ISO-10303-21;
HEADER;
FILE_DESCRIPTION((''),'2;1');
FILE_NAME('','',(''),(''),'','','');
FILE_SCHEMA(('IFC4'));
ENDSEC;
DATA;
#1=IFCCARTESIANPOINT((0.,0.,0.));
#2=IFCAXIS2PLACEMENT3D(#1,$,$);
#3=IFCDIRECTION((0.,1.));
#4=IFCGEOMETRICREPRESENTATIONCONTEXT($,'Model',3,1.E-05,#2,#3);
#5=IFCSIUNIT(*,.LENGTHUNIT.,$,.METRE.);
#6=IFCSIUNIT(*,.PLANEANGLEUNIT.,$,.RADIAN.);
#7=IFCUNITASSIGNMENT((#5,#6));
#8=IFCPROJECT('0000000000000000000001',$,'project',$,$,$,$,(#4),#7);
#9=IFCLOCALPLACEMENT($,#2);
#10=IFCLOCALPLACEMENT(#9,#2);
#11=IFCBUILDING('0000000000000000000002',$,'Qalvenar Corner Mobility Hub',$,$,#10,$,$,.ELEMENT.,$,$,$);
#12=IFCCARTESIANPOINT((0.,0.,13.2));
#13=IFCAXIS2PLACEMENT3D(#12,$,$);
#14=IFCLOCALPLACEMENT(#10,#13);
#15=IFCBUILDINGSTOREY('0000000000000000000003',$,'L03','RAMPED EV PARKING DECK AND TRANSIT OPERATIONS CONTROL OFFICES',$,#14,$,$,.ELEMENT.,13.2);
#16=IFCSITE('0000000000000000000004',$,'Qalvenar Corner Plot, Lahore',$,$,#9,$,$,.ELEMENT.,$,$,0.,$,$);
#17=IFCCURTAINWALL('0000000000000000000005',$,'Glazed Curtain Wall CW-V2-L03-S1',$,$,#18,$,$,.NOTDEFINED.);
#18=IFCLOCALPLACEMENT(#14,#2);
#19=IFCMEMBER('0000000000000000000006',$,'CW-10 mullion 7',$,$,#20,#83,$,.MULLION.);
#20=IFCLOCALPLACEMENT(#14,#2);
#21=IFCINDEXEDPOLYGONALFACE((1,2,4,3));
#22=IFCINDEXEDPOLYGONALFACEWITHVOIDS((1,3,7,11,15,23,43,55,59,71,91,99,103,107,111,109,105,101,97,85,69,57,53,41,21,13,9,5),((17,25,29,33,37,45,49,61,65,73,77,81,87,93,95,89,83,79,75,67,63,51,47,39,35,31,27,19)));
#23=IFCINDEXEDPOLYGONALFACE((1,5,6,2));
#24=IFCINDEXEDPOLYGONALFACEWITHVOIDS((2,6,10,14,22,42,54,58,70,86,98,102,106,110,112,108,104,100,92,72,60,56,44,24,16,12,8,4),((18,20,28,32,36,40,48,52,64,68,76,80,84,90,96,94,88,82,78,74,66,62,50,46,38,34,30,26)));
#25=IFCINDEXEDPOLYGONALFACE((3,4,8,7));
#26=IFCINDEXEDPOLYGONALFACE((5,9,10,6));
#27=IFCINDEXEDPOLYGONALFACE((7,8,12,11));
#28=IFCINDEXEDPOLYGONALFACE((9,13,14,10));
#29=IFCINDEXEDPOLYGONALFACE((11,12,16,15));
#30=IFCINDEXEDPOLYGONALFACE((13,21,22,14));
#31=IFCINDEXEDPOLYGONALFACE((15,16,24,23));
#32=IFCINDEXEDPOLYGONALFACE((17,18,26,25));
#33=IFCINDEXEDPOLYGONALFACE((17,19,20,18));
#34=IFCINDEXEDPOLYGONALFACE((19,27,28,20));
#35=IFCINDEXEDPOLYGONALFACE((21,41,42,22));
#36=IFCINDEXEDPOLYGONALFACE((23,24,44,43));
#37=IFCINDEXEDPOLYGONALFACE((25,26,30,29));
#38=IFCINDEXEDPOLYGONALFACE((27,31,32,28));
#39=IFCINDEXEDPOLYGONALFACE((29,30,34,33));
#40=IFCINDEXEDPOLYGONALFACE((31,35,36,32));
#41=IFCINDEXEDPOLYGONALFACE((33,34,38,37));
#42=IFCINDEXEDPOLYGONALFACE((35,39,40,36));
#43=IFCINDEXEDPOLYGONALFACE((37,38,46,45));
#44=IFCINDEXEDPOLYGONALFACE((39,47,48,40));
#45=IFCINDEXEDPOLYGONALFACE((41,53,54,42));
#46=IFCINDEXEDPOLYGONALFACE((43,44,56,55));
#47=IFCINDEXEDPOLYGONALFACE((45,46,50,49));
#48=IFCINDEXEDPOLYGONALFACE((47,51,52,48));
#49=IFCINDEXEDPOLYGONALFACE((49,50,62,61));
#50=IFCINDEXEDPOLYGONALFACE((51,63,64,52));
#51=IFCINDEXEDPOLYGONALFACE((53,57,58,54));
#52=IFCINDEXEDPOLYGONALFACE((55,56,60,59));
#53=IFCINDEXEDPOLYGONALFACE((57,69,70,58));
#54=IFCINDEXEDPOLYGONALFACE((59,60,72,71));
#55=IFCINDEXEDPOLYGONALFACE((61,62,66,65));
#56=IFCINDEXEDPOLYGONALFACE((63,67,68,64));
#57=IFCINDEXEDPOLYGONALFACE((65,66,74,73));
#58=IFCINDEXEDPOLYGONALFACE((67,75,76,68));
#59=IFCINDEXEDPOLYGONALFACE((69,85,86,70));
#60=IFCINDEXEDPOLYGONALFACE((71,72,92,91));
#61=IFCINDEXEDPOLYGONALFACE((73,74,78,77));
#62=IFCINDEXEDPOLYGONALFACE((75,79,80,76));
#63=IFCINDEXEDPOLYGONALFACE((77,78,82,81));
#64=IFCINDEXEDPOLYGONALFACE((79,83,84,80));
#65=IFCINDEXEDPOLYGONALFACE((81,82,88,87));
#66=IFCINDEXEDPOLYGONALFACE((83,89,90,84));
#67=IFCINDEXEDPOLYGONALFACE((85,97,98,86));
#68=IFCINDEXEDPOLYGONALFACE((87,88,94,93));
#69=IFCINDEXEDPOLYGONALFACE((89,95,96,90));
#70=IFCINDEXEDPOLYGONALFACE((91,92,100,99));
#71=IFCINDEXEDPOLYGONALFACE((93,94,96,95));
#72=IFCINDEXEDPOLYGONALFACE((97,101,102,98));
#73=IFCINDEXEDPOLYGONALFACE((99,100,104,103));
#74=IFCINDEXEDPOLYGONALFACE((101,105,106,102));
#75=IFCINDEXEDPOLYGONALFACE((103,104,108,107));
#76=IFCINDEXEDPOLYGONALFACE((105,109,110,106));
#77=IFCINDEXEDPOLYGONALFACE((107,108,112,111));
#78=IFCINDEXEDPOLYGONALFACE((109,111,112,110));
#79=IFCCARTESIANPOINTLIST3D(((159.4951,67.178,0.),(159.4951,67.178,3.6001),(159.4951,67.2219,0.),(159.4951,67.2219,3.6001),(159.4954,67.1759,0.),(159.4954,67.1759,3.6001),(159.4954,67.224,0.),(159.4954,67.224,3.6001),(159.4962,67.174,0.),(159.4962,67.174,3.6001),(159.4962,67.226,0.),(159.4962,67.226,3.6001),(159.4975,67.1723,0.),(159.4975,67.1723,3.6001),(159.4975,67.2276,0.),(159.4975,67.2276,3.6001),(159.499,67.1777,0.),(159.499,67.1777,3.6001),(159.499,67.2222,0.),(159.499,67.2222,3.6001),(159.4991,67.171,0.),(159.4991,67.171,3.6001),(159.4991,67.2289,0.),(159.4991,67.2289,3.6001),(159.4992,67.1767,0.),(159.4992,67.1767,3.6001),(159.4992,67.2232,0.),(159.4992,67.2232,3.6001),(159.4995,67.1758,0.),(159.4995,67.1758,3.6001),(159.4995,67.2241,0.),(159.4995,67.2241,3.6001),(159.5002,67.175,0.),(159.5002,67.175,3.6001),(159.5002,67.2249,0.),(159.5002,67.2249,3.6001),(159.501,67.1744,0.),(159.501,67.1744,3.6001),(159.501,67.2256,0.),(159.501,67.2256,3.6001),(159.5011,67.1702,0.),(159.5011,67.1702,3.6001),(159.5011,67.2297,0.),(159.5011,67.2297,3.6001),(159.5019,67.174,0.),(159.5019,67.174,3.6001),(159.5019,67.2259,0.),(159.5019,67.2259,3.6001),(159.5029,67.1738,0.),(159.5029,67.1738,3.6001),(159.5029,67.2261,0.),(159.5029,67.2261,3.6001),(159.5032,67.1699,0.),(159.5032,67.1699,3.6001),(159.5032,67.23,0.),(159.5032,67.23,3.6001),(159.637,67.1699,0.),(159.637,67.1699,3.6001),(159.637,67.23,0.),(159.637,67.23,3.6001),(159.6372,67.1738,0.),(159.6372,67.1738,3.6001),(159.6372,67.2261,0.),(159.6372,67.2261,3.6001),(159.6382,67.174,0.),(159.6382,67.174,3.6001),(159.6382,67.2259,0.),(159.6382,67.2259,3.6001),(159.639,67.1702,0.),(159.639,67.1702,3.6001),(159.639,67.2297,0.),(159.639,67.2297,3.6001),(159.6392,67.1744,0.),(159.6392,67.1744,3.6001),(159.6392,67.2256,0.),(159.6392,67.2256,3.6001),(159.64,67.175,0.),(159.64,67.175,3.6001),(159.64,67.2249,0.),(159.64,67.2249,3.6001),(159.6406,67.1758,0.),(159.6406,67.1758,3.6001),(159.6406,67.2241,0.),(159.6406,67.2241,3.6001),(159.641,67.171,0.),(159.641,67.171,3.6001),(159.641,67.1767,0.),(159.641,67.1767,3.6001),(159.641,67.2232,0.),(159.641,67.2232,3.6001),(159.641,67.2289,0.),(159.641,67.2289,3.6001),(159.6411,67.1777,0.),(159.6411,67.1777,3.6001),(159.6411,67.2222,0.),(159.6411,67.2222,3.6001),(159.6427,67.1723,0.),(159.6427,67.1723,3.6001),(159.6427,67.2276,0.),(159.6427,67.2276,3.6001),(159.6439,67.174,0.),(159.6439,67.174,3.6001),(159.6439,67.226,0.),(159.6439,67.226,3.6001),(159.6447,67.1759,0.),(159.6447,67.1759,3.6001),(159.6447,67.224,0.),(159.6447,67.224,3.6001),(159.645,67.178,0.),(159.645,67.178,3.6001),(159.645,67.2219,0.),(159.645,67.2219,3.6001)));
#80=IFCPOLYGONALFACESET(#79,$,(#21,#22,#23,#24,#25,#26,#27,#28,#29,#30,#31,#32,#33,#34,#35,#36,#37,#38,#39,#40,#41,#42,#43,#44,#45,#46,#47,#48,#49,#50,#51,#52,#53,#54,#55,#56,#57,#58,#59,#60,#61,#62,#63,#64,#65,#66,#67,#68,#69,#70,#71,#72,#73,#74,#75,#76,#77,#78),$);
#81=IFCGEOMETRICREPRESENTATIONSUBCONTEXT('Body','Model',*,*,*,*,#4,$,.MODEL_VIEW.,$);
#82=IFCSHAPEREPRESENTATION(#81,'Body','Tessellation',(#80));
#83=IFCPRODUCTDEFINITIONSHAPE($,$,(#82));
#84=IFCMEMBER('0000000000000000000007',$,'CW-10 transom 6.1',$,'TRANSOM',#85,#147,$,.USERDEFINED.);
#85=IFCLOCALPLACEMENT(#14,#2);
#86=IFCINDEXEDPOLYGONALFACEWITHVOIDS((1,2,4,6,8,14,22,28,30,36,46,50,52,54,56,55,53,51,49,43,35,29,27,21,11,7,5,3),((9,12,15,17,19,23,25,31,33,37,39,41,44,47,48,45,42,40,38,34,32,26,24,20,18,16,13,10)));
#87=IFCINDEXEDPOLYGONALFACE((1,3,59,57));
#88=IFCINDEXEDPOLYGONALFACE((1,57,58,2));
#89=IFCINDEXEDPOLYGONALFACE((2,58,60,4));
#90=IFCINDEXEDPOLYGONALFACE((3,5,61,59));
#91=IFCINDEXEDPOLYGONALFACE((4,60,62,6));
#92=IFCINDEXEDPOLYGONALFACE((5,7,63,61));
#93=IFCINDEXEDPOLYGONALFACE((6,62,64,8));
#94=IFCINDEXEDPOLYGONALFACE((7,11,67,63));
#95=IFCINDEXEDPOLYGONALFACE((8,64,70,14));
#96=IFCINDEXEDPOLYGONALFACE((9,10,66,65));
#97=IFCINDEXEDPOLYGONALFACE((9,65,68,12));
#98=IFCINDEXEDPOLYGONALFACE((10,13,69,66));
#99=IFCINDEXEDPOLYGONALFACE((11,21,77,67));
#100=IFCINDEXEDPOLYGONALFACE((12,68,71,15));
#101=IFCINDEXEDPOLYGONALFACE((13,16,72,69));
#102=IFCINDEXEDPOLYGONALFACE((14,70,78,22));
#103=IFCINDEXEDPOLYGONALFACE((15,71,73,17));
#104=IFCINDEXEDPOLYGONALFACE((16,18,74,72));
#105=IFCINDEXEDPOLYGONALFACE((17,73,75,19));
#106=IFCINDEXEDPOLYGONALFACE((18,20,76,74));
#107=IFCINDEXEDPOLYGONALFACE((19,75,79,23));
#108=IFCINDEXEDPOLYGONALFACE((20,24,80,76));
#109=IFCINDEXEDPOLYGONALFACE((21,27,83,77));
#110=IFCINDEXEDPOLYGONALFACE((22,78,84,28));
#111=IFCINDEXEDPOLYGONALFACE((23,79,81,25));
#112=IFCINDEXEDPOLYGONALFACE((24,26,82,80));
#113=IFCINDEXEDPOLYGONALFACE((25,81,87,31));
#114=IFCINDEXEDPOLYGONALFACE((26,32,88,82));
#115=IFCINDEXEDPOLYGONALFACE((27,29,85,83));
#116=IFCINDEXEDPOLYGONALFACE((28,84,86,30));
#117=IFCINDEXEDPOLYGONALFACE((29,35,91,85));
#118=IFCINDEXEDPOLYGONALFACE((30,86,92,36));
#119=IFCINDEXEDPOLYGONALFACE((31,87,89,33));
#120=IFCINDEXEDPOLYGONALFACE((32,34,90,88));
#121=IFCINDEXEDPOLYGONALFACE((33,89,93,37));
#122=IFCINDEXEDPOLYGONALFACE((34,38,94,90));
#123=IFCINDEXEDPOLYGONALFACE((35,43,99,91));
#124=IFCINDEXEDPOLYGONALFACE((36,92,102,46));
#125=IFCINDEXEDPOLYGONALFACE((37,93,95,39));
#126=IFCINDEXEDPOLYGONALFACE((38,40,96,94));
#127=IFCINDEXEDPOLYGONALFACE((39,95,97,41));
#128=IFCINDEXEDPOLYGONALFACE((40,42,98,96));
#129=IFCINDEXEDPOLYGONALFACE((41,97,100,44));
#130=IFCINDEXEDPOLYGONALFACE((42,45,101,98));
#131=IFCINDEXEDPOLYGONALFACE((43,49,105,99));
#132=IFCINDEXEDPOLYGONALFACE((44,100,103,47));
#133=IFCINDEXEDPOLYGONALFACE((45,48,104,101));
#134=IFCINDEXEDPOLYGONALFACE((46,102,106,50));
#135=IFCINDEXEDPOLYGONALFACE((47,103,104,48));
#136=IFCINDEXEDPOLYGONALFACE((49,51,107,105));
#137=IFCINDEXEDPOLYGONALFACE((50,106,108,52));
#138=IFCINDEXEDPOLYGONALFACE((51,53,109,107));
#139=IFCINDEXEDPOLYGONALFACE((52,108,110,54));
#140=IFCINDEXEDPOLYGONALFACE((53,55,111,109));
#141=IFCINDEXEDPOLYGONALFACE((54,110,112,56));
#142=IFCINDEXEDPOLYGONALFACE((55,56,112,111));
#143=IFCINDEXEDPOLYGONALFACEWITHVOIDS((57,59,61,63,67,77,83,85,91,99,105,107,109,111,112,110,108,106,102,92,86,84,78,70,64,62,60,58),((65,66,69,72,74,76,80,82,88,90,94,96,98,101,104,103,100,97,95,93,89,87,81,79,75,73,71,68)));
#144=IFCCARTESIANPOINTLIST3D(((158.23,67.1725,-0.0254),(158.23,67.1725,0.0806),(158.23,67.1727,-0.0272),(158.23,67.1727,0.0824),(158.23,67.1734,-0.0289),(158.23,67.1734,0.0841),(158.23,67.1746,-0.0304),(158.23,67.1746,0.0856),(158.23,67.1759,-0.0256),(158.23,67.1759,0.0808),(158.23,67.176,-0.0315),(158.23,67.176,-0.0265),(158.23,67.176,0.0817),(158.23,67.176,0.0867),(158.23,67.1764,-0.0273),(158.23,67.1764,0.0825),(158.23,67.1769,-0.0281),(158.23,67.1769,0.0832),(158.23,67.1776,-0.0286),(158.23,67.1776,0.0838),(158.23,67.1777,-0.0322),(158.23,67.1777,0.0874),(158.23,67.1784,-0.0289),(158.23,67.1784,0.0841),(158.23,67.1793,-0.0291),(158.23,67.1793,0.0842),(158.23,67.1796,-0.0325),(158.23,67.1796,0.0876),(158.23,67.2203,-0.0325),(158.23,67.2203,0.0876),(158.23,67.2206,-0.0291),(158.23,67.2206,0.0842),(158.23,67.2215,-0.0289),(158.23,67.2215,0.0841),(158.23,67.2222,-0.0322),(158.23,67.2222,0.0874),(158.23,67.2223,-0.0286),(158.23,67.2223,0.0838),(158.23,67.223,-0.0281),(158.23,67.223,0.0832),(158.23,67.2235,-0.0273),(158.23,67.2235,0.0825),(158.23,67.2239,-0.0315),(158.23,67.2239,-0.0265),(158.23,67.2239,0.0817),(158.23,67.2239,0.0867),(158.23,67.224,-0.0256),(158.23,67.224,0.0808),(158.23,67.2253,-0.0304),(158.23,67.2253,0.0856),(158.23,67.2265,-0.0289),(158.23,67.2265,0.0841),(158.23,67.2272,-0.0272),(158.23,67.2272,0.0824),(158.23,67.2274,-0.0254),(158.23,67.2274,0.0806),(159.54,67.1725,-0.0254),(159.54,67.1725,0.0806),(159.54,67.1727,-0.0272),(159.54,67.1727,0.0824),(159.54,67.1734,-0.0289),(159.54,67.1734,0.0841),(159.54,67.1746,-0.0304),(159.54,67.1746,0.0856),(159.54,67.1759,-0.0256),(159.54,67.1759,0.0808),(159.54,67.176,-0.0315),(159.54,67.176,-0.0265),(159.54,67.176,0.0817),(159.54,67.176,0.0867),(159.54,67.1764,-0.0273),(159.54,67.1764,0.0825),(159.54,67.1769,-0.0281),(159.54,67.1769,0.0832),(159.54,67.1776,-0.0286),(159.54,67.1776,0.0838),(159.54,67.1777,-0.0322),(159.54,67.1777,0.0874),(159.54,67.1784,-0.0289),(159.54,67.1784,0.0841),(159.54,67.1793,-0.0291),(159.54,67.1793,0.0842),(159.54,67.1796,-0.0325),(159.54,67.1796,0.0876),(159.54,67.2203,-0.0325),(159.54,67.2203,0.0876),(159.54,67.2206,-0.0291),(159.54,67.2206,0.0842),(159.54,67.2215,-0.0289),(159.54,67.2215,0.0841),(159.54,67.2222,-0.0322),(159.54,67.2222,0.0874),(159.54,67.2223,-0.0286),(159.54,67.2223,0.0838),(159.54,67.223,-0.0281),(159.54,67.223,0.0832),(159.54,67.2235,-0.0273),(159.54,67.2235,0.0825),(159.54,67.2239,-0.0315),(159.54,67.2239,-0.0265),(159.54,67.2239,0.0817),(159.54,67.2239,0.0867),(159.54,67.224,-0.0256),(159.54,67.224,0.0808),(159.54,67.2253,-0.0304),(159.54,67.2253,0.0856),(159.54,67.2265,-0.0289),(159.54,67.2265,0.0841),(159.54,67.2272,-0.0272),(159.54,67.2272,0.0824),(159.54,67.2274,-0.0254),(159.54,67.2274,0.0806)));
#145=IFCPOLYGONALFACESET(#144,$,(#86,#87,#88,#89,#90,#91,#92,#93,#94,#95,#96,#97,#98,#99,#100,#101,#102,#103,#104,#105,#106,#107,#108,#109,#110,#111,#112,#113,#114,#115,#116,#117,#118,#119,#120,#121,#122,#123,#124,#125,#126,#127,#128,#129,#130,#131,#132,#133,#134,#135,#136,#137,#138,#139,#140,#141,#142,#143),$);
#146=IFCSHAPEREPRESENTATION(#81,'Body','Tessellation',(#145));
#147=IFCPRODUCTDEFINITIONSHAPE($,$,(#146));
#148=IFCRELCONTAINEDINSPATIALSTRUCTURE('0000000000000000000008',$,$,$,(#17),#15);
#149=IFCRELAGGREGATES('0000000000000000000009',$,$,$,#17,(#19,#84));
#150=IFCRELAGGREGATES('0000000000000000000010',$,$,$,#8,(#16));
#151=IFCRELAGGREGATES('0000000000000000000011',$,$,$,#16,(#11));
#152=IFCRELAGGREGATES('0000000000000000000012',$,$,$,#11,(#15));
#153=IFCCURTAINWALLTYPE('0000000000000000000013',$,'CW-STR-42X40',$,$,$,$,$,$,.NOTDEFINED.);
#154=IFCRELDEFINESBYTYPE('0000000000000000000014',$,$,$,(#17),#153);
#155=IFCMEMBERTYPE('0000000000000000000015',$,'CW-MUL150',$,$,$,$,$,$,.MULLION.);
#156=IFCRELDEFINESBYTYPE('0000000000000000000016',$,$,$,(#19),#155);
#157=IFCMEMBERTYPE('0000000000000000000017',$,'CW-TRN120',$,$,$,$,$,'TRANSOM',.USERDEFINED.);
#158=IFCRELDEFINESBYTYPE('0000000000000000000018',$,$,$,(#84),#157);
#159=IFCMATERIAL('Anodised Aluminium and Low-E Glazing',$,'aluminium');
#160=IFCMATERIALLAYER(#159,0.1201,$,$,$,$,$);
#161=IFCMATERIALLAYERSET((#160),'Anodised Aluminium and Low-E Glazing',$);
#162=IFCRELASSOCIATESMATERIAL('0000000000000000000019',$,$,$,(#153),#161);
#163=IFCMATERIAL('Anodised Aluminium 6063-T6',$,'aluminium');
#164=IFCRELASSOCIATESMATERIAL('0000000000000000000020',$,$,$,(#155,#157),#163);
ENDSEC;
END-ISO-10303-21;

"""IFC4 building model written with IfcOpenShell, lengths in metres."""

from ifc_helpers import new_model, si_unit, direction, frame, origin, origin_2d, place, context, subcontext, project, spatial, hollow_rectangle, extrude, material, layer, layer_set, material_profile, profile_set, type_object, element, aggregate, save


model = new_model("IFC4")

# Units and contexts
model_context = context("Model", 3, precision=1e-05, world=origin(), true_north=direction((0.0, 1.0)))
body_context = subcontext(model_context, "Body", "Model", "MODEL_VIEW")
ifc_project = project(units=[si_unit("LENGTHUNIT", "METRE"), si_unit("PLANEANGLEUNIT", "RADIAN")], contexts=[model_context])

# Site, building, storey
site_placement = place(None, origin())
site = spatial("IfcSite", under=ifc_project, at=site_placement, Name="Qalvenar Corner Plot, Lahore", CompositionType="ELEMENT", RefElevation=0.0)
building_placement = place(site_placement, origin())
building = spatial("IfcBuilding", under=site, at=building_placement, Name="Qalvenar Corner Mobility Hub", CompositionType="ELEMENT")
storey_placement = place(building_placement, frame((0.0, 0.0, 13.2)))
storey = spatial("IfcBuildingStorey", under=building, at=storey_placement, Name="L03", Description="RAMPED EV PARKING DECK AND TRANSIT OPERATIONS CONTROL OFFICES", CompositionType="ELEMENT", Elevation=13.2)

# Curtain wall, members
ifc_material_1 = material(Name="Anodised Aluminium and Low-E Glazing", Category="aluminium")
ifc_layer_1 = layer(ifc_material_1, 0.1201)
ifc_layer_set_1 = layer_set([ifc_layer_1], Name="Anodised Aluminium and Low-E Glazing")
curtain_wall_type = type_object("IfcCurtainWallType", Name="CW-STR-42X40", PredefinedType="NOTDEFINED", material=ifc_layer_set_1)
curtain_wall_placement = place(storey_placement, origin())
curtain_wall = element("IfcCurtainWall", 1, at=curtain_wall_placement, inside=storey, type_object=curtain_wall_type, Name="Glazed Curtain Wall CW-V2-L03-S1", PredefinedType="NOTDEFINED")
ifc_material_2 = material(Name="Anodised Aluminium 6063-T6", Category="aluminium")
ifc_material_profile_1 = material_profile(ifc_material_2, hollow_rectangle(XDim=0.0601, YDim=0.1499, WallThickness=0.0039, InnerFilletRadius=0.0039, OuterFilletRadius=0.0081, at=origin_2d()), Name="RHS150x60x4")
ifc_profile_set_1 = profile_set([ifc_material_profile_1], Name="Anodised Aluminium 6063-T6")
member_type_1 = type_object("IfcMemberType", Name="CW-MUL150", PredefinedType="MULLION", material=ifc_profile_set_1)
member_1_placement = place(storey_placement, frame((159.5701, 67.2, 0.0), z_axis=(0.0, 0.0, 1.0), x_axis=(0.0, 1.0, 0.0)))
member_1 = element("IfcMember", 2, at=member_1_placement, type_object=member_type_1, Name="CW-10 mullion 7", PredefinedType="MULLION", context=body_context, shape_type="SweptSolid", body=[
    extrude(hollow_rectangle(XDim=0.0601, YDim=0.1499, WallThickness=0.0039, InnerFilletRadius=0.0039, OuterFilletRadius=0.0081, at=origin_2d()), origin(), (0.0, 0.0, 1.0), 3.6001),
])
ifc_material_profile_2 = material_profile(ifc_material_2, hollow_rectangle(XDim=0.0549, YDim=0.1201, WallThickness=0.0034, InnerFilletRadius=0.0034, OuterFilletRadius=0.0071, at=origin_2d()), Name="RHS120x55x3.5")
ifc_profile_set_2 = profile_set([ifc_material_profile_2], Name="Anodised Aluminium 6063-T6")
member_type_2 = type_object("IfcMemberType", Name="CW-TRN120", ElementType="TRANSOM", PredefinedType="USERDEFINED", material=ifc_profile_set_2)
member_2_placement = place(storey_placement, frame((158.23, 67.2, 0.0276), z_axis=(1.0, 0.0, 0.0), x_axis=(0.0, 1.0, 0.0)))
member_2 = element("IfcMember", 3, at=member_2_placement, type_object=member_type_2, Name="CW-10 transom 6.1", ObjectType="TRANSOM", PredefinedType="USERDEFINED", context=body_context, shape_type="SweptSolid", body=[
    extrude(hollow_rectangle(XDim=0.0549, YDim=0.1201, WallThickness=0.0034, InnerFilletRadius=0.0034, OuterFilletRadius=0.0071, at=origin_2d()), origin(), (0.0, 0.0, 1.0), 1.3101),
])

aggregate(curtain_wall, [member_1, member_2])

save(model, "model.ifc")
